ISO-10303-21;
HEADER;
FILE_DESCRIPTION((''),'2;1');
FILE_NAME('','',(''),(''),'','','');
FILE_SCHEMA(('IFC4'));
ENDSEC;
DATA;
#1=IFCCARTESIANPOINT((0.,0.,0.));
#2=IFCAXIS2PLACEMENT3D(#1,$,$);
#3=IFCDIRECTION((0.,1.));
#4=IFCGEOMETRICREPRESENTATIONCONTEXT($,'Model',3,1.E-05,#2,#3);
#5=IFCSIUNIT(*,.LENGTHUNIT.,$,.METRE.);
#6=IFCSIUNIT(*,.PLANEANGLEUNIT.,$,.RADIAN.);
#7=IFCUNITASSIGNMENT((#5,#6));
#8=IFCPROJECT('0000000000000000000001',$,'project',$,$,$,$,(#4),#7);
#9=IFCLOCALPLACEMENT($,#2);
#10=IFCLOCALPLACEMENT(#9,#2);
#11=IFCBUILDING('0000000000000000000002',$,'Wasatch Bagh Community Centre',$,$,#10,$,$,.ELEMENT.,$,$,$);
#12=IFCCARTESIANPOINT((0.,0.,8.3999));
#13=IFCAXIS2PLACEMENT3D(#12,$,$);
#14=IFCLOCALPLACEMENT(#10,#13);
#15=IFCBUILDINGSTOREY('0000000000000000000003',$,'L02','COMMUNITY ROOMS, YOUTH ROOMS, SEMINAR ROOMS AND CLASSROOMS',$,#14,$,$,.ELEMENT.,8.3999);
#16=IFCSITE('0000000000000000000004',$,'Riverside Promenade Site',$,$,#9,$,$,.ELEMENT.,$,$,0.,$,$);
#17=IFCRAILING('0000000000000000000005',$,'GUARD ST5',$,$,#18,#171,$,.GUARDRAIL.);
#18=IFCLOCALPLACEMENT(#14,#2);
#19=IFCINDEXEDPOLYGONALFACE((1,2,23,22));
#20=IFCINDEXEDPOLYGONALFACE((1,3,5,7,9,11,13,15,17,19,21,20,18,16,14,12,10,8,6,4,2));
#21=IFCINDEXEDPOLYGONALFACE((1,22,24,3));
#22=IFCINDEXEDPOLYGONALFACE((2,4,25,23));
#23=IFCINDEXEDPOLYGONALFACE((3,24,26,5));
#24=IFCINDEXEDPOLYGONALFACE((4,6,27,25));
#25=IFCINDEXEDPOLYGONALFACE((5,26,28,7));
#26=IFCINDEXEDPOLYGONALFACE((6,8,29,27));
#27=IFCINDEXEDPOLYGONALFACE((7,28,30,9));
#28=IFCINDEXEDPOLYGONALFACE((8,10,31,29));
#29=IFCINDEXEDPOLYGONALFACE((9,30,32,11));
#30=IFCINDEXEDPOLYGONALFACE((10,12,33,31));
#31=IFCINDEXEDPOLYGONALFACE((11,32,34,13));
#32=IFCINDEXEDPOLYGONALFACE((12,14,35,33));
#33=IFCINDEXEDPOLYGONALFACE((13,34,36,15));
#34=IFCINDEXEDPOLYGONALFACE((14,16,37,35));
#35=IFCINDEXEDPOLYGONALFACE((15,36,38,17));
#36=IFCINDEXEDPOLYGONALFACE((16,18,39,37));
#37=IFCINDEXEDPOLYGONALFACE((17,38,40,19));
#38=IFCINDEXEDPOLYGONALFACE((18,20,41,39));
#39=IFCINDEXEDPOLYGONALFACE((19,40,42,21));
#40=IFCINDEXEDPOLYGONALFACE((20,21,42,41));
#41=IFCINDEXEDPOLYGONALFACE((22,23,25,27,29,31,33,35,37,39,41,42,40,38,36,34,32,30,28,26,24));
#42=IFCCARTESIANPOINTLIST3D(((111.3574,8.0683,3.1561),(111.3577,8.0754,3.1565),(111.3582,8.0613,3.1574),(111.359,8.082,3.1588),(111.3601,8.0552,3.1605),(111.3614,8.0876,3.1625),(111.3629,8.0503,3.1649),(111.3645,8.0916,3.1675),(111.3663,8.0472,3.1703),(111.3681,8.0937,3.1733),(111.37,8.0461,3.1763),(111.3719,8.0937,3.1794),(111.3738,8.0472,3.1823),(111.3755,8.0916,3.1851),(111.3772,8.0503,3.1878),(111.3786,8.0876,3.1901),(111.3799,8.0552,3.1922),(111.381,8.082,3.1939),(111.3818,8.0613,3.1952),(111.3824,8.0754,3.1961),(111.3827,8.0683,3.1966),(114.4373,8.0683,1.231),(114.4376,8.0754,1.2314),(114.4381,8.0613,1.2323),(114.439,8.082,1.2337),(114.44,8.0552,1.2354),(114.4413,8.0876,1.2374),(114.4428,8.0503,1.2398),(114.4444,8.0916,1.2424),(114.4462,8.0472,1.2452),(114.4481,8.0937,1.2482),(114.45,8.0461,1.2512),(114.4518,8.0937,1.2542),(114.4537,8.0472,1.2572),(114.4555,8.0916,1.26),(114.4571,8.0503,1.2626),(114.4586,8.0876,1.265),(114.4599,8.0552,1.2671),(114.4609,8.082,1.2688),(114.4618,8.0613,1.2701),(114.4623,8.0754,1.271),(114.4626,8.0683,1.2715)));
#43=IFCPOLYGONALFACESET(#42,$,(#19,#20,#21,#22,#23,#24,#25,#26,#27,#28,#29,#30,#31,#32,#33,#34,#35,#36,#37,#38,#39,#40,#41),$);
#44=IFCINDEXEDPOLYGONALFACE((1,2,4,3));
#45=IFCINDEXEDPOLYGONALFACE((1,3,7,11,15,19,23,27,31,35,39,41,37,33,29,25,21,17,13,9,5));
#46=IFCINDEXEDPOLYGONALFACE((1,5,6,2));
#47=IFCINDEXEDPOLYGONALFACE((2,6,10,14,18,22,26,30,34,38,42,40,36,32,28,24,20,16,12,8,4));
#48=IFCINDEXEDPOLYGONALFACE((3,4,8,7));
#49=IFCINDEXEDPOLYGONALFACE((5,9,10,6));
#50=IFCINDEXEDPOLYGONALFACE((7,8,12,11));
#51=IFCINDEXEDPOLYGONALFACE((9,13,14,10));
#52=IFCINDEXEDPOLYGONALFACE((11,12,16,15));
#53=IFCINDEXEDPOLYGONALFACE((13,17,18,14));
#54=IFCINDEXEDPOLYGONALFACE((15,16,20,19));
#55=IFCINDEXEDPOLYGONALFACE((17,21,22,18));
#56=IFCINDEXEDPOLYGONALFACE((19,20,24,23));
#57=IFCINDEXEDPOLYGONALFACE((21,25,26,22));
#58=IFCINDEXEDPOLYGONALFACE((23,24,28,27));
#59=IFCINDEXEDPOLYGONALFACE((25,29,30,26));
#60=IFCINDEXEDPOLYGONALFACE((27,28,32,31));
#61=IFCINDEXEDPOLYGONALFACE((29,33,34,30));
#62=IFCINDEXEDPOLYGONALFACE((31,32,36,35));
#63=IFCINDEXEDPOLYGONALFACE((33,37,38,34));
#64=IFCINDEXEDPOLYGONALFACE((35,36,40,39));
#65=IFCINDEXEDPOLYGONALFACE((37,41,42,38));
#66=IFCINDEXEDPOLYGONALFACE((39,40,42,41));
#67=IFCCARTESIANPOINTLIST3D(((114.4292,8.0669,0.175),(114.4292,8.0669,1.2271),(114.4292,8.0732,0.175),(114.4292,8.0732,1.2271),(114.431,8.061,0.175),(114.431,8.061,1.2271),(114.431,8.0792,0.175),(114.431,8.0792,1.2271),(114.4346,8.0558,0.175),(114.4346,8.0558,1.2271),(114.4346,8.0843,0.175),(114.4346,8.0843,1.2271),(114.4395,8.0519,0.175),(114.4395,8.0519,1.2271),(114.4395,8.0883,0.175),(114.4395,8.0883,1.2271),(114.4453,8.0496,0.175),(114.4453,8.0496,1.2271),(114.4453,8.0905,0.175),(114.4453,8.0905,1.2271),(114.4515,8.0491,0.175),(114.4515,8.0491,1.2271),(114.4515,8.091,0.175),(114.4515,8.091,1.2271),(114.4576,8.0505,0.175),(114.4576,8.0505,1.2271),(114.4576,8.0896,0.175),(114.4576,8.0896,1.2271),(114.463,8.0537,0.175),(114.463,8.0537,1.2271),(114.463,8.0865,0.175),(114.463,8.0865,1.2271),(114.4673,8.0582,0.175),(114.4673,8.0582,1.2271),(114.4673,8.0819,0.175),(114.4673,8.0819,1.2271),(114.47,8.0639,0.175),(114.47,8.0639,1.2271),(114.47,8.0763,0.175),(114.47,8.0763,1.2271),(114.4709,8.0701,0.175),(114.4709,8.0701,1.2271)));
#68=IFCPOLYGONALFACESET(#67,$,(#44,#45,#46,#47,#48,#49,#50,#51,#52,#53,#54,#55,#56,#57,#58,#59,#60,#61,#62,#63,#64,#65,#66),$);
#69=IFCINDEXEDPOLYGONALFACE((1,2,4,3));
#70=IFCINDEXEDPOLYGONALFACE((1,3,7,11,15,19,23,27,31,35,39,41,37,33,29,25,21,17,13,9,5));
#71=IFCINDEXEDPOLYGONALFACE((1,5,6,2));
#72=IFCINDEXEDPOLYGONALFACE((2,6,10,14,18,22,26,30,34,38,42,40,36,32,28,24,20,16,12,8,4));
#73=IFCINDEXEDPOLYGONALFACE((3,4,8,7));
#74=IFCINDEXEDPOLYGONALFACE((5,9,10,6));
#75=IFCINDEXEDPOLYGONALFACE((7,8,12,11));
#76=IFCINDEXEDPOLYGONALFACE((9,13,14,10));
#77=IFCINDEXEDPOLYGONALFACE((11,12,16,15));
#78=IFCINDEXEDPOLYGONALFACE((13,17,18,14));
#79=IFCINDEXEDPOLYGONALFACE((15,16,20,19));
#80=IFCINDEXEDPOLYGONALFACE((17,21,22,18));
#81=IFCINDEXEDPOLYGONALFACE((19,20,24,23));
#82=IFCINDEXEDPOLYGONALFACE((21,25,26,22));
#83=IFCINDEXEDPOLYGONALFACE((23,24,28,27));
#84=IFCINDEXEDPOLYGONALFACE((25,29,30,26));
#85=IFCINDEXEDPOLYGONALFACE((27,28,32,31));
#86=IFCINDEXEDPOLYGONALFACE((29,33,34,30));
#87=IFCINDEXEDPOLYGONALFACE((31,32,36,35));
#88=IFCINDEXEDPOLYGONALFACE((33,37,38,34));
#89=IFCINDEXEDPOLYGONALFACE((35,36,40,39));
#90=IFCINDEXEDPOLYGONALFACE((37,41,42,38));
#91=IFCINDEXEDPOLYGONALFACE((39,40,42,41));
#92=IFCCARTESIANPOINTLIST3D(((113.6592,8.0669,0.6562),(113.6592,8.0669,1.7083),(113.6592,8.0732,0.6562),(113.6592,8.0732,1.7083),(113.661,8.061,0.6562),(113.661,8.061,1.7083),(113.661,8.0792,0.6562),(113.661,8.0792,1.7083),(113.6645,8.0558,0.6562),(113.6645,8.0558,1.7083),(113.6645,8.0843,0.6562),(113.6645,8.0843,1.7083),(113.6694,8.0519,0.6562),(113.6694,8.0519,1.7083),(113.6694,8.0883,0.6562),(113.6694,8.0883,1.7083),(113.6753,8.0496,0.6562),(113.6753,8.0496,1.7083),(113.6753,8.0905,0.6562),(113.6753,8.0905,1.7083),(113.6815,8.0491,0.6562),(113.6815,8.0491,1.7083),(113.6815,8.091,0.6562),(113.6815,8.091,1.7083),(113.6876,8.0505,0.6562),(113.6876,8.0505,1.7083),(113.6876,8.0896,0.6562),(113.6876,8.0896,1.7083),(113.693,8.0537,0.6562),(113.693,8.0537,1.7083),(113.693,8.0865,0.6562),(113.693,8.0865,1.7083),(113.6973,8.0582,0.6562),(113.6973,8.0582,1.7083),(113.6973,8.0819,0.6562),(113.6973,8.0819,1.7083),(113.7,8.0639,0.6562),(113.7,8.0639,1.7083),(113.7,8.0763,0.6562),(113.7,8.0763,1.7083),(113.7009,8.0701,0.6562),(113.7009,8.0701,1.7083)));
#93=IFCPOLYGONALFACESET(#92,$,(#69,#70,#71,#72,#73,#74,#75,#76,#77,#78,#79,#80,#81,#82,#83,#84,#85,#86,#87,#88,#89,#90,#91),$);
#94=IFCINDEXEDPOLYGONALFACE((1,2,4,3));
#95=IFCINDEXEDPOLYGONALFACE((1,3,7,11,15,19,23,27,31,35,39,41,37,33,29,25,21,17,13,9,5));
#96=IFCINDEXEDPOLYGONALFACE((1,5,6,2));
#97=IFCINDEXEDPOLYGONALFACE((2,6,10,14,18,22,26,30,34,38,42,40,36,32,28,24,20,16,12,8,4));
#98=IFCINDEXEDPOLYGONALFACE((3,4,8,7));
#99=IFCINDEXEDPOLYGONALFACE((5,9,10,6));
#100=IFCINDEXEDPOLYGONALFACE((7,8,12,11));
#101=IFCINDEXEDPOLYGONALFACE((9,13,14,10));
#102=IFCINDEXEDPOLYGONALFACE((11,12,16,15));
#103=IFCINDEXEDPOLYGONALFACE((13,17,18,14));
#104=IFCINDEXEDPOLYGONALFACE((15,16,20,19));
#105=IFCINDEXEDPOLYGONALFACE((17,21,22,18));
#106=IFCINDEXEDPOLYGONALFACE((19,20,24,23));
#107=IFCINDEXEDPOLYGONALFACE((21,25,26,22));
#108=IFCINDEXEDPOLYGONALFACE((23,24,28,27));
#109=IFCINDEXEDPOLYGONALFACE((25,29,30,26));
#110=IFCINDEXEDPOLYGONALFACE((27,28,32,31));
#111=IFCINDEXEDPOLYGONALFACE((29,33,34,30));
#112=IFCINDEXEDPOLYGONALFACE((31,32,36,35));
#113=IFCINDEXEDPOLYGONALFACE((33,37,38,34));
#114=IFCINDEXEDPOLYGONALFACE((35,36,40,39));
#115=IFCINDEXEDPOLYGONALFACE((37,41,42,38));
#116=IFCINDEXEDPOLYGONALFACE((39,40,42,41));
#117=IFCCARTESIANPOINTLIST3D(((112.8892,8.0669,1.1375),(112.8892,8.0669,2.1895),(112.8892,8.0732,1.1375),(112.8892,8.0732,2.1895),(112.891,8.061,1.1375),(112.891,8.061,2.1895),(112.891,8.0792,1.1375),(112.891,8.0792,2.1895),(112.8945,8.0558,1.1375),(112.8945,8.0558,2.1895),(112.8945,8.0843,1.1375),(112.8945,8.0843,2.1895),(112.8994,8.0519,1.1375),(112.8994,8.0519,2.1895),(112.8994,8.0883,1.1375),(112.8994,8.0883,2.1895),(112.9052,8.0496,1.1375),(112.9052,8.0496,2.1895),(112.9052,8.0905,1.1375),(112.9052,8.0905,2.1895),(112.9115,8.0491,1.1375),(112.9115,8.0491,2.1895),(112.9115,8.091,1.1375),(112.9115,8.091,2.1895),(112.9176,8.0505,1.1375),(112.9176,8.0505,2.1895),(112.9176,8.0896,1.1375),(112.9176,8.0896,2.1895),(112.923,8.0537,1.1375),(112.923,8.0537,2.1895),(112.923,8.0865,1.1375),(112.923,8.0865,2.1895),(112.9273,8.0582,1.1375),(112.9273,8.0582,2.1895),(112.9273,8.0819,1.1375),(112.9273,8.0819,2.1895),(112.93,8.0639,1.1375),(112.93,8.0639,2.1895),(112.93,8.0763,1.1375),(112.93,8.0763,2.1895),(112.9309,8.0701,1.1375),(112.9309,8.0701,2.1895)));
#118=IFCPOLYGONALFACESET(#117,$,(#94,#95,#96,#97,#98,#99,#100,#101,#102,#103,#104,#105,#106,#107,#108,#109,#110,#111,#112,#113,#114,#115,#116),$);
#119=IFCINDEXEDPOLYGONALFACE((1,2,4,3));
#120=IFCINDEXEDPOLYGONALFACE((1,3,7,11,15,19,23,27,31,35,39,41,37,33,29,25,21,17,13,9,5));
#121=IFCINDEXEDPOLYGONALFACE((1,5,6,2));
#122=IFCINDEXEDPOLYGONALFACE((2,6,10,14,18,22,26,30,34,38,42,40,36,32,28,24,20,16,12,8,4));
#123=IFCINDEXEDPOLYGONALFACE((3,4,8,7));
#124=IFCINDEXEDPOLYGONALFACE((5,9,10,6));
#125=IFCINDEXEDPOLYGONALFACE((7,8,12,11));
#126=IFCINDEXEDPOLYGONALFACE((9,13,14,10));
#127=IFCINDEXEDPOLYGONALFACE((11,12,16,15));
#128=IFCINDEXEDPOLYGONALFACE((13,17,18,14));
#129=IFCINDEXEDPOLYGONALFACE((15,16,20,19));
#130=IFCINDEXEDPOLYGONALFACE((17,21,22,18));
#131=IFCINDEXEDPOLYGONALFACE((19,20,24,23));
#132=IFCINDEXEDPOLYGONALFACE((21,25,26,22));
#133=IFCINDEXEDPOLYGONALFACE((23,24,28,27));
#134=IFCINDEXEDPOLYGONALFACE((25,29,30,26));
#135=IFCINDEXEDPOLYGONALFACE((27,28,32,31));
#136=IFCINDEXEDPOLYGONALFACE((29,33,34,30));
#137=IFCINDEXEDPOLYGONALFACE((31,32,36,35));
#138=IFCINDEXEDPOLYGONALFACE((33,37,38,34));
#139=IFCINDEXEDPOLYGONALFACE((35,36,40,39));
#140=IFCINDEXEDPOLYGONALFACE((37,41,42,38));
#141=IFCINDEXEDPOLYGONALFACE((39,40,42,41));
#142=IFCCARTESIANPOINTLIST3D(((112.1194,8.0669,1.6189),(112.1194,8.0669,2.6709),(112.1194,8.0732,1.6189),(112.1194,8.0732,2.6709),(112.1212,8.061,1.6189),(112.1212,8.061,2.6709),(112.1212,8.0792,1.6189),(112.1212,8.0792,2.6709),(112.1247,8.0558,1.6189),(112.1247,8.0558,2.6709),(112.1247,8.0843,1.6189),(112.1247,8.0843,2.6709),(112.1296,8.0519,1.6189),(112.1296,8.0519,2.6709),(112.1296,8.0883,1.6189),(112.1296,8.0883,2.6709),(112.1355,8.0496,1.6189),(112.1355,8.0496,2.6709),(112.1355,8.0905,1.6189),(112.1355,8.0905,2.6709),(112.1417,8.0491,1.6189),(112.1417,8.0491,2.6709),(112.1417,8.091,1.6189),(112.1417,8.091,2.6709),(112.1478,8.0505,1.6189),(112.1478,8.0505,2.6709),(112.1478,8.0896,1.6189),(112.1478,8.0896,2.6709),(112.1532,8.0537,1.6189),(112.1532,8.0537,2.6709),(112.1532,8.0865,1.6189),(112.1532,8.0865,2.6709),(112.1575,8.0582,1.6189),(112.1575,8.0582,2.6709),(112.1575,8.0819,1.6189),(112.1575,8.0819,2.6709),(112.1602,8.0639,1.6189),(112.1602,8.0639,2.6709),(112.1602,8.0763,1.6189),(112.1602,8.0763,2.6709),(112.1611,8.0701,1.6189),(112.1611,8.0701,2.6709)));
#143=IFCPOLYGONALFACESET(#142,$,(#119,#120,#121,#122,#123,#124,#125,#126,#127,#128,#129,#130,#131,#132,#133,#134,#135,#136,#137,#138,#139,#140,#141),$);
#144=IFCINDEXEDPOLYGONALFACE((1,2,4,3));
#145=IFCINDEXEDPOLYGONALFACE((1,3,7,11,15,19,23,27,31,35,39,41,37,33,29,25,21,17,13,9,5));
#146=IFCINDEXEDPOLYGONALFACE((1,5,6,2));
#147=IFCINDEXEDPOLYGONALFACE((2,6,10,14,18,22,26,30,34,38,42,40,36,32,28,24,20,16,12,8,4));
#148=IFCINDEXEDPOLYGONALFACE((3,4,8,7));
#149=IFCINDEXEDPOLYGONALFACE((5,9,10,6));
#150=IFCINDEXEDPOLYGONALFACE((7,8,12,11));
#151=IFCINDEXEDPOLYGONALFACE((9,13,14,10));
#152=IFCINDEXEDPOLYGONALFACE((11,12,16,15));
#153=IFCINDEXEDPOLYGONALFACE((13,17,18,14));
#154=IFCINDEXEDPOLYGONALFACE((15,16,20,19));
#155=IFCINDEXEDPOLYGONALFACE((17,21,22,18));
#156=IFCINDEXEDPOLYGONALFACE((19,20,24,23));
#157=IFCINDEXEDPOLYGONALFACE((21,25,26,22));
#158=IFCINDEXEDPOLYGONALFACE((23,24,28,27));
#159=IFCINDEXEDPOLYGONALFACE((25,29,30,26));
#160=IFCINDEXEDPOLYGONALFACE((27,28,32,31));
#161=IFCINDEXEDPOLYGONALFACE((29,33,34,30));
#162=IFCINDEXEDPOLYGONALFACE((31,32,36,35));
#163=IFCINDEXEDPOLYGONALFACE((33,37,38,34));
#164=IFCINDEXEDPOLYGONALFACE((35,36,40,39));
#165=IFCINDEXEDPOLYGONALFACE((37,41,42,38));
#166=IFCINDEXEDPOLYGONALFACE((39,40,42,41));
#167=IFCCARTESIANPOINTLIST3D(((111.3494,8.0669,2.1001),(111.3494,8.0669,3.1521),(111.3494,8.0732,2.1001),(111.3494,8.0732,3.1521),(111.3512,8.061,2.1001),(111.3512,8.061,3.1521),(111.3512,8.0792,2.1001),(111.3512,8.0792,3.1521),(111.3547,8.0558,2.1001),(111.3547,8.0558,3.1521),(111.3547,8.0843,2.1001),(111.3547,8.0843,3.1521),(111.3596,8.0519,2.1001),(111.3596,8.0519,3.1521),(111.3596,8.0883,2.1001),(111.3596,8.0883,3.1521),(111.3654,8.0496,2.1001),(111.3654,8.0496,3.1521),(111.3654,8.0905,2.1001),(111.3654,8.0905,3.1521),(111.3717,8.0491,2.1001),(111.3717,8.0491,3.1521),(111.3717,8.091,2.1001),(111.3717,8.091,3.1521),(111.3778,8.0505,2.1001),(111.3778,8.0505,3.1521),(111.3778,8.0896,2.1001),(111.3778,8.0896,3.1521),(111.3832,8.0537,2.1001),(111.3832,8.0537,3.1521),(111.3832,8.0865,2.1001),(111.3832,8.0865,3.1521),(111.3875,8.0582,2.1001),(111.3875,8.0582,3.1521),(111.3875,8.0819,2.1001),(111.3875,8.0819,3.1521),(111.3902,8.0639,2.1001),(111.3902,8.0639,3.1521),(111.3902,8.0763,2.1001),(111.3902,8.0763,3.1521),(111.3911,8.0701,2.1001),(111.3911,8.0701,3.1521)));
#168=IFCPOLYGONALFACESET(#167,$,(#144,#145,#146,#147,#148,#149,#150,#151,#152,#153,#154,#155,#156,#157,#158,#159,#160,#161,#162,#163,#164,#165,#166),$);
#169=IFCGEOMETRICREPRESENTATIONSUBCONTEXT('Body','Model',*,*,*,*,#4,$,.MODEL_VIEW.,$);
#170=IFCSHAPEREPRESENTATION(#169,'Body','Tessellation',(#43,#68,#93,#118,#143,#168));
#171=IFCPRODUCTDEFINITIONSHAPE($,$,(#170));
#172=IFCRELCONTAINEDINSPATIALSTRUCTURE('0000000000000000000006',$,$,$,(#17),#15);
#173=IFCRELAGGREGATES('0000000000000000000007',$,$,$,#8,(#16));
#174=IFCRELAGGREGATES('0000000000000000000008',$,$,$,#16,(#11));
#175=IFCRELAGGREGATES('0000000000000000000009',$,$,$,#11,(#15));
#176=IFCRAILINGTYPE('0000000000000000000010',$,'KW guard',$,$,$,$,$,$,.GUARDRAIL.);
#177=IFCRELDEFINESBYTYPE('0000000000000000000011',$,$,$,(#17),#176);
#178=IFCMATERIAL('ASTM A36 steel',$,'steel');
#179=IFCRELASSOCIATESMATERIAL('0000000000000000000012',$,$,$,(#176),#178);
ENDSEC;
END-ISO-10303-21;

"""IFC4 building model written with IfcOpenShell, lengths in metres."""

from ifc_helpers import new_model, si_unit, direction, frame, origin, origin_2d, place, context, subcontext, project, spatial, circle, extrude, material, type_object, element, save


model = new_model("IFC4")

# Units and contexts
model_context = context("Model", 3, precision=1e-05, world=origin(), true_north=direction((0.0, 1.0)))
body_context = subcontext(model_context, "Body", "Model", "MODEL_VIEW")
ifc_project = project(units=[si_unit("LENGTHUNIT", "METRE"), si_unit("PLANEANGLEUNIT", "RADIAN")], contexts=[model_context])

# Site, building, storey
site_placement = place(None, origin())
site = spatial("IfcSite", under=ifc_project, at=site_placement, Name="Riverside Promenade Site", CompositionType="ELEMENT", RefElevation=0.0)
building_placement = place(site_placement, origin())
building = spatial("IfcBuilding", under=site, at=building_placement, Name="Wasatch Bagh Community Centre", CompositionType="ELEMENT")
storey_placement = place(building_placement, frame((0.0, 0.0, 8.3999)))
storey = spatial("IfcBuildingStorey", under=building, at=storey_placement, Name="L02", Description="COMMUNITY ROOMS, YOUTH ROOMS, SEMINAR ROOMS AND CLASSROOMS", CompositionType="ELEMENT", Elevation=8.3999)

# Railing
ifc_material_1 = material(Name="ASTM A36 steel", Category="steel")
railing_type_1 = type_object("IfcRailingType", Name="KW guard", PredefinedType="GUARDRAIL", material=ifc_material_1)
for number, where, name in (
    (1, (114.45, 8.0701, 0.175), "GUARD ST5"),
):
    element("IfcRailing", number, at=place(storey_placement, frame(where)), inside=storey, type_object=railing_type_1, Name=name, PredefinedType="GUARDRAIL", context=body_context, shape_type="SweptSolid", body=[
        extrude(circle(Radius=0.0239, at=origin_2d()), frame((0.0, 0.0, 1.0762), z_axis=(-0.847979, 0.0, 0.530029), x_axis=(0.0, -1.0, 0.0)), (0.0, 0.0, 1.0), 3.6321),
        extrude(circle(Radius=0.021, at=origin_2d()), origin(), (0.0, 0.0, 1.0), 1.052),
        extrude(circle(Radius=0.021, at=origin_2d()), frame((-0.77, 0.0, 0.4812)), (0.0, 0.0, 1.0), 1.052),
        extrude(circle(Radius=0.021, at=origin_2d()), frame((-1.54, 0.0, 0.9624)), (0.0, 0.0, 1.0), 1.052),
        extrude(circle(Radius=0.021, at=origin_2d()), frame((-2.3098, 0.0, 1.4438)), (0.0, 0.0, 1.0), 1.052),
        extrude(circle(Radius=0.021, at=origin_2d()), frame((-3.0798, 0.0, 1.925)), (0.0, 0.0, 1.0), 1.052),
    ])

save(model, "model.ifc")
